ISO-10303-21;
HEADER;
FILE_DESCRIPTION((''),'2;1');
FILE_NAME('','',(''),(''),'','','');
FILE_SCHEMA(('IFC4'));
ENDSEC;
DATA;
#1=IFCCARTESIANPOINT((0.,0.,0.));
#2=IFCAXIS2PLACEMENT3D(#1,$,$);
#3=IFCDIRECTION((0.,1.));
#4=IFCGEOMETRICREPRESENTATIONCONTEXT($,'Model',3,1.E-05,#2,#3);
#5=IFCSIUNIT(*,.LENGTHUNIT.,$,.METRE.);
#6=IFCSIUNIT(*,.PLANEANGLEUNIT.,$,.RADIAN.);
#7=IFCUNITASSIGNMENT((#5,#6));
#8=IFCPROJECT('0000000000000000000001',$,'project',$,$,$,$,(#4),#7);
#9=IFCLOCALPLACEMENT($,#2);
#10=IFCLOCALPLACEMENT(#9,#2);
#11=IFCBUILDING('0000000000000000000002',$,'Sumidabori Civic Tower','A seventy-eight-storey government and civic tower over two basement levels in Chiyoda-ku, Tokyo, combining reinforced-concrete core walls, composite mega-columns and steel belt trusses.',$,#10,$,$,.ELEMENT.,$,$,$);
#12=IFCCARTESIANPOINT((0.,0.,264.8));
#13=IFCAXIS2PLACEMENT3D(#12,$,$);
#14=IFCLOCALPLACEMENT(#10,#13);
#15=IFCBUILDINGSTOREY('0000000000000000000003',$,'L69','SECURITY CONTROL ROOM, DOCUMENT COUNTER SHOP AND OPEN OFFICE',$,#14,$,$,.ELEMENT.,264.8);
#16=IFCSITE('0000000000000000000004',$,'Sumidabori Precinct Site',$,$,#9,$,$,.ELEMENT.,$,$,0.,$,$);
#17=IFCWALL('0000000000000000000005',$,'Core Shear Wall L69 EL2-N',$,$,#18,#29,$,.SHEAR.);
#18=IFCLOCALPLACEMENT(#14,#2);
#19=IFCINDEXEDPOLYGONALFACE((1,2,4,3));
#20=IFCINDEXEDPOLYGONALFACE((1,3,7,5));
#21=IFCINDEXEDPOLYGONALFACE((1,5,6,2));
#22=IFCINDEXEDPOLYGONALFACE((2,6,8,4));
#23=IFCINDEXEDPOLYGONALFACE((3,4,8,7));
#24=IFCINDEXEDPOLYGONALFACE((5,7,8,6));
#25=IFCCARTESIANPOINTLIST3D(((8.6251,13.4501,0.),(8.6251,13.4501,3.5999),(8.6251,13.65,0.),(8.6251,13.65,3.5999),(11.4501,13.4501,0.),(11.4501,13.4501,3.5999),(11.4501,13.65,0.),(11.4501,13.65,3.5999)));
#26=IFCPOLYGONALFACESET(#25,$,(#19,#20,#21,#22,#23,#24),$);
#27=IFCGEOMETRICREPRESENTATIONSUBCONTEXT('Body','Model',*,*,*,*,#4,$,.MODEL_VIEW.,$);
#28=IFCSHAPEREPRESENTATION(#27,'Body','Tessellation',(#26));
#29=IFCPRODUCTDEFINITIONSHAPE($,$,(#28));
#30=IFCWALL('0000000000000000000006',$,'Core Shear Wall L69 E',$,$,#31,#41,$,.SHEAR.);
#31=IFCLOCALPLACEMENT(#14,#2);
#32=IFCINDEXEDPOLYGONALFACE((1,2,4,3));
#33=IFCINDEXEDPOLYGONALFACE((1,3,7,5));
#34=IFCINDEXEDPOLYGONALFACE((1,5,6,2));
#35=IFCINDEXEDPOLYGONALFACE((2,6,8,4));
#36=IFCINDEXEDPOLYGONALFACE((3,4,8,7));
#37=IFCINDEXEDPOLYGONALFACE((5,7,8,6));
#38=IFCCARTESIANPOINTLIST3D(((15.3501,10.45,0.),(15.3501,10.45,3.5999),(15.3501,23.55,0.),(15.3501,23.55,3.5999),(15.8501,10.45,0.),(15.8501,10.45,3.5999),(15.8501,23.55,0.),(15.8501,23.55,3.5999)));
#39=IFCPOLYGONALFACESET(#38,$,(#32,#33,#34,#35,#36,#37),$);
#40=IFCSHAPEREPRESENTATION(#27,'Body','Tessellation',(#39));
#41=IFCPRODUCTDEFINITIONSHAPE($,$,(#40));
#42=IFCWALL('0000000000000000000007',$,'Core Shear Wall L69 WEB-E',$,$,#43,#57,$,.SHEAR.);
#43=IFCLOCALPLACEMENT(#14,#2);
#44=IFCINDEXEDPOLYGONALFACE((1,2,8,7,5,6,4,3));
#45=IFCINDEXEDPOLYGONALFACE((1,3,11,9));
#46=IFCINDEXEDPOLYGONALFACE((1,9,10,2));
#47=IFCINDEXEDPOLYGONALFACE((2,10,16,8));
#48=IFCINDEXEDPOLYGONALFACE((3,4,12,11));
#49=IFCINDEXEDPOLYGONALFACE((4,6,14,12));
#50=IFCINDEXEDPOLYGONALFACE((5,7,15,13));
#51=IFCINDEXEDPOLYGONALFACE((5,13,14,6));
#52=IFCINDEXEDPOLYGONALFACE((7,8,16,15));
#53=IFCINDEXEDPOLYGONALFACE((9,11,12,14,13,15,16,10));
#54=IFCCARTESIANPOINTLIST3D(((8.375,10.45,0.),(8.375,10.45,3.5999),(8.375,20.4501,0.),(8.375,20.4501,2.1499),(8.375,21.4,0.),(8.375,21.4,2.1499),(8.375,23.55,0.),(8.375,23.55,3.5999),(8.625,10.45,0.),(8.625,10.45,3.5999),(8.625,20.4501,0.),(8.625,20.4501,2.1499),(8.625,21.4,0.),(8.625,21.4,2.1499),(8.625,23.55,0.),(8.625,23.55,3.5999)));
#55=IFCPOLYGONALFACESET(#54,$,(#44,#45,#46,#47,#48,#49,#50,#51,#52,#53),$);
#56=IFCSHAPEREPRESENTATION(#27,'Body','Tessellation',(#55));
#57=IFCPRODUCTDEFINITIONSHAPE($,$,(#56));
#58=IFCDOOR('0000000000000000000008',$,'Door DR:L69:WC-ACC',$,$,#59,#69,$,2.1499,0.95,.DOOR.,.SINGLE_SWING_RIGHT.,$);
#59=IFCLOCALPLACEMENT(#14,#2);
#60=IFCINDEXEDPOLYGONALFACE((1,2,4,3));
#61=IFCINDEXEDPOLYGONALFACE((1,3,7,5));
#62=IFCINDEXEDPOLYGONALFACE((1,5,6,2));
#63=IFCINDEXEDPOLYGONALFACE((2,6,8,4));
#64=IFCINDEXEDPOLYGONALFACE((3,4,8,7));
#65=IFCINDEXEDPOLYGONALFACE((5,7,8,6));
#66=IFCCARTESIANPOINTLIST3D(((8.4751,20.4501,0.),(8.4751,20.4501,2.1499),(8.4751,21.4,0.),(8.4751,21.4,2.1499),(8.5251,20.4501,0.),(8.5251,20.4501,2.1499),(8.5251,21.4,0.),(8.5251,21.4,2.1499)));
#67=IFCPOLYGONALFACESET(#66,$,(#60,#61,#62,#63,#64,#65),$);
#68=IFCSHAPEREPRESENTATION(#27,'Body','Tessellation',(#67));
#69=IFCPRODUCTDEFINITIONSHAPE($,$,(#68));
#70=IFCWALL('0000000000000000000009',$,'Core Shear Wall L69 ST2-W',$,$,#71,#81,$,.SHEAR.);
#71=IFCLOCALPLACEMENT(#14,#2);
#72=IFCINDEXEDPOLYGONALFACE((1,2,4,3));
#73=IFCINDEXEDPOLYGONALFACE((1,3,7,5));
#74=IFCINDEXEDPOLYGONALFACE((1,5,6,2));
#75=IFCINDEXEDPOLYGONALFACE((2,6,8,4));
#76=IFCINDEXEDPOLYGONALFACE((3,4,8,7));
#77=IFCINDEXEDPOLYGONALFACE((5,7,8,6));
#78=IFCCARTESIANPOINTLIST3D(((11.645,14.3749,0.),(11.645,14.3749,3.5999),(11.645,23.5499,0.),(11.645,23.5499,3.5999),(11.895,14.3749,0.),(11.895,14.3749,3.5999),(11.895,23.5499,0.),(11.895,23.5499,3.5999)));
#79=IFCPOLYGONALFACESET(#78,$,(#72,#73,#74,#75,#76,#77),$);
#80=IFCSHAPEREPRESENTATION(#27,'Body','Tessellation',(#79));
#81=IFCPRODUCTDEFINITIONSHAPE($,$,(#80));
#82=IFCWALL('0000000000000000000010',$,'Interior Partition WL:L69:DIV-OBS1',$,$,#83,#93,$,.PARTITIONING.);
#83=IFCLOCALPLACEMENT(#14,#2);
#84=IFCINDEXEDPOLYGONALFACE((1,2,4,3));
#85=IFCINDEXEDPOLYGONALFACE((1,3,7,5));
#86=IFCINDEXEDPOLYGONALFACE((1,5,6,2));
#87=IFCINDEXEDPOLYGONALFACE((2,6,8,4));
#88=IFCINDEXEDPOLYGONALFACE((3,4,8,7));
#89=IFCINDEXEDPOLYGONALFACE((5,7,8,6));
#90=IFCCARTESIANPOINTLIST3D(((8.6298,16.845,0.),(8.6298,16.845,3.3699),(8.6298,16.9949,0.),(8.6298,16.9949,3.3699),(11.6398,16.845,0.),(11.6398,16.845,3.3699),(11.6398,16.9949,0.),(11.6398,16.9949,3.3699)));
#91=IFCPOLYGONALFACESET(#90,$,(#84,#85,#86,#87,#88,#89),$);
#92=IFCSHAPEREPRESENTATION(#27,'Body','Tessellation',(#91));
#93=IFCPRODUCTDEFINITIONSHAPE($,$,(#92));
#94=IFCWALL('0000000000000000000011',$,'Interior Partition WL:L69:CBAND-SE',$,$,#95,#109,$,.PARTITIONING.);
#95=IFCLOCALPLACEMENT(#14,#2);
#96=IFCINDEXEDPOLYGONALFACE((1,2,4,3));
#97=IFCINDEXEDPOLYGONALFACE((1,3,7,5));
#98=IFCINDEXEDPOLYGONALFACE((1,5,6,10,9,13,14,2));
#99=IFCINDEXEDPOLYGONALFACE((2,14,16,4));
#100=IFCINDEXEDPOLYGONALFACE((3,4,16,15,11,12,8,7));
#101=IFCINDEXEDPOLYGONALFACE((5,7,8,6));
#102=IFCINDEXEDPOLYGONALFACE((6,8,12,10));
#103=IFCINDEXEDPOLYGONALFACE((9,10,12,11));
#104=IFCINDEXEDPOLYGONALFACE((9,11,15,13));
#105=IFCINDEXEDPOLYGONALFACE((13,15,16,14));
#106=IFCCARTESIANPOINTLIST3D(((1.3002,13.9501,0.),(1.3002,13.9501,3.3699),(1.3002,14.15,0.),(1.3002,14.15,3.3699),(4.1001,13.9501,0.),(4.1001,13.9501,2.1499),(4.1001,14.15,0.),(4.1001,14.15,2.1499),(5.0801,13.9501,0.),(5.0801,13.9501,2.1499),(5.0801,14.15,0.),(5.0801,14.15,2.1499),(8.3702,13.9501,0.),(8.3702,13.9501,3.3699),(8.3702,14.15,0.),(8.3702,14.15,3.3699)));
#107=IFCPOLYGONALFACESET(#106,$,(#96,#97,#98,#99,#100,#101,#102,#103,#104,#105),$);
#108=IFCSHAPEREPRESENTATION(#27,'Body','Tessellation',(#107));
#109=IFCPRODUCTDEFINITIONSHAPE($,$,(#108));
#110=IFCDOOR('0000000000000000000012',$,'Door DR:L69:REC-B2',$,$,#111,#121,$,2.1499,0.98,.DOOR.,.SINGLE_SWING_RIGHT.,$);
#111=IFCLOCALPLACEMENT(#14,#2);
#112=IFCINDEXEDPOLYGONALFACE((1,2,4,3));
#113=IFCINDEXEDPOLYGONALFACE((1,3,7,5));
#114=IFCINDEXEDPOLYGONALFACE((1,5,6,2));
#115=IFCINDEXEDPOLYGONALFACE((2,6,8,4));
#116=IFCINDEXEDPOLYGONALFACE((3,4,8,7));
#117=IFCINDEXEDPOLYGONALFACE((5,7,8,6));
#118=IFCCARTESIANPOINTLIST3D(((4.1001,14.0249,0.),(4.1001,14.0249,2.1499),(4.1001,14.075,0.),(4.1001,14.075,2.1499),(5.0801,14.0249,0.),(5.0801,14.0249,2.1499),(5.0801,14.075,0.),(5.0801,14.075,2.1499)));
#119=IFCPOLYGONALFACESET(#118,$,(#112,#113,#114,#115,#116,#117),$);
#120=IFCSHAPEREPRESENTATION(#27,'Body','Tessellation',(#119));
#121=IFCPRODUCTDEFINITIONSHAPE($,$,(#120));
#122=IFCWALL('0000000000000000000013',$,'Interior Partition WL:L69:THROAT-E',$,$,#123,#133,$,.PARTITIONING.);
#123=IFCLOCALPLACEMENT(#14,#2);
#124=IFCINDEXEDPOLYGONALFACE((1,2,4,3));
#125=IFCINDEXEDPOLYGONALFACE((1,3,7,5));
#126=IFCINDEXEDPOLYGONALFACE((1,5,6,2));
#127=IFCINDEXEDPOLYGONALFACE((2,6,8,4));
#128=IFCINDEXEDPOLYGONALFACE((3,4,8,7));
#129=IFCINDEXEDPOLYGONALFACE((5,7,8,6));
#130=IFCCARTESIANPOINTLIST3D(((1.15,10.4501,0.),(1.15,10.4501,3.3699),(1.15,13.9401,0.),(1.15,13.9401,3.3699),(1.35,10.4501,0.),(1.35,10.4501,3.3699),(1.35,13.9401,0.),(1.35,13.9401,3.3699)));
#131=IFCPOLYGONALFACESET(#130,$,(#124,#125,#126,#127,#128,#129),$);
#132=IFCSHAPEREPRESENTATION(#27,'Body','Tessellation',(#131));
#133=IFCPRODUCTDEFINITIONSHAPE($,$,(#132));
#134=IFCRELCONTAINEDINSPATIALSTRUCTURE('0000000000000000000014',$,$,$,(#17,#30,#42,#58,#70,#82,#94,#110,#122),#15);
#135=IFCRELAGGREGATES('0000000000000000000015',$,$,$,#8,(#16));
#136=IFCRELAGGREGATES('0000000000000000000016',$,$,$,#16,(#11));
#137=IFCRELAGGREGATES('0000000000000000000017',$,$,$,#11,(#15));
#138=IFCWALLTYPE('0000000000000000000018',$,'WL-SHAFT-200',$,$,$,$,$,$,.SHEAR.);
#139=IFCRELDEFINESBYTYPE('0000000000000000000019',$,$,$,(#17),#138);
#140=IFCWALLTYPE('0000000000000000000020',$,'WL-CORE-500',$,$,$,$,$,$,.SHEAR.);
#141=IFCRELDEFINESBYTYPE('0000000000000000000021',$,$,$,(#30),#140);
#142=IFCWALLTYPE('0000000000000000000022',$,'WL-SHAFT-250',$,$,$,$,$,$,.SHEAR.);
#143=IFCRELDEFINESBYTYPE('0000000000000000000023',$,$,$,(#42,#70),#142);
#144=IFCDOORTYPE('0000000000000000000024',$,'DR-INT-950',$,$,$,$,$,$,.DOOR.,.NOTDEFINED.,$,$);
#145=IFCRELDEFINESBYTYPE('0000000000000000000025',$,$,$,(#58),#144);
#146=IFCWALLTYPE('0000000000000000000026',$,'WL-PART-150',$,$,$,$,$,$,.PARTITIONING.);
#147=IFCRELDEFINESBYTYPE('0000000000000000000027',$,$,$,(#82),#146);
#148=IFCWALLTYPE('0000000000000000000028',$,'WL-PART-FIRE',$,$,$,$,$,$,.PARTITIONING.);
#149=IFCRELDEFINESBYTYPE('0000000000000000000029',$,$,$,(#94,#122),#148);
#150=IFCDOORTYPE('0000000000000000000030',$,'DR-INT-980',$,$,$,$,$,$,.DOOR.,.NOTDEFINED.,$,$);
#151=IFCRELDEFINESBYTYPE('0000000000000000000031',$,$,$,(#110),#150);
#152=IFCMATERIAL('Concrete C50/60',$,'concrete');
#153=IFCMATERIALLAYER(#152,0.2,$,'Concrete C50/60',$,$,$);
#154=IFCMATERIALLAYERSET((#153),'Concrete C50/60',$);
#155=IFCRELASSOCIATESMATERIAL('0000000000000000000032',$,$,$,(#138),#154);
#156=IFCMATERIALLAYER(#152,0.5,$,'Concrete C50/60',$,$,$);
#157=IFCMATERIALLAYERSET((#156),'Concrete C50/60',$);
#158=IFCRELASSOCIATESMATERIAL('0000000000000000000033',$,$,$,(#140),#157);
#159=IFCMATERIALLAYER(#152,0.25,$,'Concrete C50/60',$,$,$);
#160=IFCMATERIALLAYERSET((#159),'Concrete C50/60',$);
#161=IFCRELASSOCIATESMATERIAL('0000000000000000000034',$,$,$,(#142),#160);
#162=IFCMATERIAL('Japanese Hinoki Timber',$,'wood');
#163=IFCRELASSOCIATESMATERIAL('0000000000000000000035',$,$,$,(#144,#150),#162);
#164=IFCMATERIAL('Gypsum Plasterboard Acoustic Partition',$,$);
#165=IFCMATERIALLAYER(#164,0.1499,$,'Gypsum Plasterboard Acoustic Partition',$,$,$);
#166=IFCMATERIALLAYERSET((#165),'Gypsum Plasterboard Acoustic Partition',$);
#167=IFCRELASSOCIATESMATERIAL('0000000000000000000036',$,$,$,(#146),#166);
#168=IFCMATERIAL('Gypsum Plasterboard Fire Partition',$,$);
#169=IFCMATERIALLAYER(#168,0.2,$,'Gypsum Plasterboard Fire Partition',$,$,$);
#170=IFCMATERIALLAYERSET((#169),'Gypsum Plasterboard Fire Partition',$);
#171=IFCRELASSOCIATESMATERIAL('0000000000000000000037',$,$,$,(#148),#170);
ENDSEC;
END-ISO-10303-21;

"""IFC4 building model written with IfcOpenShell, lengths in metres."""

from ifc_helpers import new_model, si_unit, direction, frame, frame_2d, origin, place, context, subcontext, project, spatial, rectangle, extrude, source, transform, mapped, material, layer, layer_set, type_object, element, fill, save


model = new_model("IFC4")

# Units and contexts
model_context = context("Model", 3, precision=1e-05, world=origin(), true_north=direction((0.0, 1.0)))
body_context = subcontext(model_context, "Body", "Model", "MODEL_VIEW")
ifc_project = project(units=[si_unit("LENGTHUNIT", "METRE"), si_unit("PLANEANGLEUNIT", "RADIAN")], contexts=[model_context])

# Site, building, storey
site_placement = place(None, origin())
site = spatial("IfcSite", under=ifc_project, at=site_placement, Name="Sumidabori Precinct Site", CompositionType="ELEMENT", RefElevation=0.0)
building_placement = place(site_placement, origin())
building = spatial("IfcBuilding", under=site, at=building_placement, Name="Sumidabori Civic Tower", Description="A seventy-eight-storey government and civic tower over two basement levels in Chiyoda-ku, Tokyo, combining reinforced-concrete core walls, composite mega-columns and steel belt trusses.", CompositionType="ELEMENT")
storey_placement = place(building_placement, frame((0.0, 0.0, 264.8)))
storey = spatial("IfcBuildingStorey", under=building, at=storey_placement, Name="L69", Description="SECURITY CONTROL ROOM, DOCUMENT COUNTER SHOP AND OPEN OFFICE", CompositionType="ELEMENT", Elevation=264.8)

# Walls
ifc_material_1 = material(Name="Concrete C50/60", Category="concrete")
ifc_layer_1 = layer(ifc_material_1, 0.2, Name="Concrete C50/60")
ifc_layer_set_1 = layer_set([ifc_layer_1], Name="Concrete C50/60")
wall_type_1 = type_object("IfcWallType", Name="WL-SHAFT-200", PredefinedType="SHEAR", material=ifc_layer_set_1)
shared_shape_1 = source(origin(), body_context, "Body", "SweptSolid", [
    extrude(rectangle(XDim=2.825, YDim=0.2, at=frame_2d((1.4126, 0.0))), origin(), (0.0, 0.0, 1.0), 3.5999),
])
wall_1_placement = place(storey_placement, frame((8.625, 13.55, 0.0), z_axis=(0.0, 0.0, 1.0), x_axis=(1.0, 0.0, 0.0)))
element("IfcWall", 1, at=wall_1_placement, inside=storey, type_object=wall_type_1, Name="Core Shear Wall L69 EL2-N", PredefinedType="SHEAR", context=body_context, shape_type="MappedRepresentation", body=[
    mapped(shared_shape_1, transform((0.0, 0.0, 0.0), x_axis=(1.0, 0.0, 0.0), y_axis=(0.0, 1.0, 0.0), z_axis=(0.0, 0.0, 1.0), scale=1.0)),
])
ifc_layer_2 = layer(ifc_material_1, 0.5, Name="Concrete C50/60")
ifc_layer_set_2 = layer_set([ifc_layer_2], Name="Concrete C50/60")
wall_type_2 = type_object("IfcWallType", Name="WL-CORE-500", PredefinedType="SHEAR", material=ifc_layer_set_2)
shared_shape_2 = source(origin(), body_context, "Body", "SweptSolid", [
    extrude(rectangle(XDim=13.1001, YDim=0.5, at=frame_2d((6.55, 0.0))), origin(), (0.0, 0.0, 1.0), 3.5999),
])
wall_2_placement = place(storey_placement, frame((15.6001, 10.45, 0.0), z_axis=(0.0, 0.0, 1.0), x_axis=(0.0, 1.0, 0.0)))
element("IfcWall", 2, at=wall_2_placement, inside=storey, type_object=wall_type_2, Name="Core Shear Wall L69 E", PredefinedType="SHEAR", context=body_context, shape_type="MappedRepresentation", body=[
    mapped(shared_shape_2, transform((0.0, 0.0, 0.0), x_axis=(1.0, 0.0, 0.0), y_axis=(0.0, 1.0, 0.0), z_axis=(0.0, 0.0, 1.0), scale=1.0)),
])

# Wall, opening, door
ifc_layer_3 = layer(ifc_material_1, 0.25, Name="Concrete C50/60")
ifc_layer_set_3 = layer_set([ifc_layer_3], Name="Concrete C50/60")
wall_type_3 = type_object("IfcWallType", Name="WL-SHAFT-250", PredefinedType="SHEAR", material=ifc_layer_set_3)
shared_shape_3 = source(origin(), body_context, "Body", "SweptSolid", [
    extrude(rectangle(XDim=13.1001, YDim=0.25, at=frame_2d((6.55, 0.0))), origin(), (0.0, 0.0, 1.0), 3.5999),
])
wall_3_placement = place(storey_placement, frame((8.5, 10.45, 0.0), z_axis=(0.0, 0.0, 1.0), x_axis=(0.0, 1.0, 0.0)))
wall_3 = element("IfcWall", 3, at=wall_3_placement, inside=storey, type_object=wall_type_3, Name="Core Shear Wall L69 WEB-E", PredefinedType="SHEAR", context=body_context, shape_type="MappedRepresentation", body=[
    mapped(shared_shape_3, transform((0.0, 0.0, 0.0), x_axis=(1.0, 0.0, 0.0), y_axis=(0.0, 1.0, 0.0), z_axis=(0.0, 0.0, 1.0), scale=1.0)),
])
opening_1_placement = place(wall_3_placement, frame((10.0, 0.0, 0.0)))
opening_1 = element("IfcOpeningElement", 4, at=opening_1_placement, cuts=wall_3, PredefinedType="OPENING", context=body_context, shape_type="SweptSolid", body=[
    extrude(rectangle(XDim=0.95, YDim=2.1499, at=frame_2d((0.4751, 1.075))), frame((0.0, 0.137, 0.0), z_axis=(0.0, -1.0, 0.0), x_axis=(1.0, 0.0, 0.0)), (0.0, 0.0, 1.0), 0.2739),
])
ifc_material_2 = material(Name="Japanese Hinoki Timber", Category="wood")
door_type_1 = type_object("IfcDoorType", Name="DR-INT-950", OperationType="NOTDEFINED", PredefinedType="DOOR", material=ifc_material_2)
shared_shape_4 = source(origin(), body_context, "Body", "SweptSolid", [
    extrude(rectangle(XDim=0.95, YDim=2.1499, at=frame_2d((0.4751, 1.075))), frame((0.0, 0.0249, 0.0), z_axis=(0.0, -1.0, 0.0), x_axis=(1.0, 0.0, 0.0)), (0.0, 0.0, 1.0), 0.05),
])
door_1_placement = place(opening_1_placement, origin())
door_1 = element("IfcDoor", 5, at=door_1_placement, inside=storey, type_object=door_type_1, Name="Door DR:L69:WC-ACC", OperationType="SINGLE_SWING_RIGHT", OverallHeight=2.1499, OverallWidth=0.95, PredefinedType="DOOR", context=body_context, shape_type="MappedRepresentation", body=[
    mapped(shared_shape_4, transform((0.0, 0.0, 0.0), x_axis=(1.0, 0.0, 0.0), y_axis=(0.0, 1.0, 0.0), z_axis=(0.0, 0.0, 1.0), scale=1.0)),
])
fill(opening_1, door_1)

# Wall
shared_shape_5 = source(origin(), body_context, "Body", "SweptSolid", [
    extrude(rectangle(XDim=9.175, YDim=0.25, at=frame_2d((4.5874, 0.0))), origin(), (0.0, 0.0, 1.0), 3.5999),
])
wall_4_placement = place(storey_placement, frame((11.77, 14.375, 0.0), z_axis=(0.0, 0.0, 1.0), x_axis=(0.0, 1.0, 0.0)))
element("IfcWall", 6, at=wall_4_placement, inside=storey, type_object=wall_type_3, Name="Core Shear Wall L69 ST2-W", PredefinedType="SHEAR", context=body_context, shape_type="MappedRepresentation", body=[
    mapped(shared_shape_5, transform((0.0, 0.0, 0.0), x_axis=(1.0, 0.0, 0.0), y_axis=(0.0, 1.0, 0.0), z_axis=(0.0, 0.0, 1.0), scale=1.0)),
])

# Wall
ifc_material_3 = material(Name="Gypsum Plasterboard Acoustic Partition")
ifc_layer_4 = layer(ifc_material_3, 0.1499, Name="Gypsum Plasterboard Acoustic Partition")
ifc_layer_set_4 = layer_set([ifc_layer_4], Name="Gypsum Plasterboard Acoustic Partition")
wall_type_4 = type_object("IfcWallType", Name="WL-PART-150", PredefinedType="PARTITIONING", material=ifc_layer_set_4)
shared_shape_6 = source(origin(), body_context, "Body", "SweptSolid", [
    extrude(rectangle(XDim=3.01, YDim=0.1499, at=frame_2d((1.5049, 0.0))), origin(), (0.0, 0.0, 1.0), 3.3699),
])
wall_5_placement = place(storey_placement, frame((8.6299, 16.9199, 0.0), z_axis=(0.0, 0.0, 1.0), x_axis=(1.0, 0.0, 0.0)))
element("IfcWall", 7, at=wall_5_placement, inside=storey, type_object=wall_type_4, Name="Interior Partition WL:L69:DIV-OBS1", PredefinedType="PARTITIONING", context=body_context, shape_type="MappedRepresentation", body=[
    mapped(shared_shape_6, transform((0.0, 0.0, 0.0), x_axis=(1.0, 0.0, 0.0), y_axis=(0.0, 1.0, 0.0), z_axis=(0.0, 0.0, 1.0), scale=1.0)),
])

# Wall, opening, door
ifc_material_4 = material(Name="Gypsum Plasterboard Fire Partition")
ifc_layer_5 = layer(ifc_material_4, 0.2, Name="Gypsum Plasterboard Fire Partition")
ifc_layer_set_5 = layer_set([ifc_layer_5], Name="Gypsum Plasterboard Fire Partition")
wall_type_5 = type_object("IfcWallType", Name="WL-PART-FIRE", PredefinedType="PARTITIONING", material=ifc_layer_set_5)
shared_shape_7 = source(origin(), body_context, "Body", "SweptSolid", [
    extrude(rectangle(XDim=7.0701, YDim=0.2, at=frame_2d((3.5352, 0.0))), origin(), (0.0, 0.0, 1.0), 3.3699),
])
wall_6_placement = place(storey_placement, frame((1.3, 14.05, 0.0), z_axis=(0.0, 0.0, 1.0), x_axis=(1.0, 0.0, 0.0)))
wall_6 = element("IfcWall", 8, at=wall_6_placement, inside=storey, type_object=wall_type_5, Name="Interior Partition WL:L69:CBAND-SE", PredefinedType="PARTITIONING", context=body_context, shape_type="MappedRepresentation", body=[
    mapped(shared_shape_7, transform((0.0, 0.0, 0.0), x_axis=(1.0, 0.0, 0.0), y_axis=(0.0, 1.0, 0.0), z_axis=(0.0, 0.0, 1.0), scale=1.0)),
])
opening_2_placement = place(wall_6_placement, frame((2.8, 0.0, 0.0)))
opening_2 = element("IfcOpeningElement", 9, at=opening_2_placement, cuts=wall_6, PredefinedType="OPENING", context=body_context, shape_type="SweptSolid", body=[
    extrude(rectangle(XDim=0.98, YDim=2.1499, at=frame_2d((0.49, 1.075))), frame((0.0, 0.1118, 0.0), z_axis=(0.0, -1.0, 0.0), x_axis=(1.0, 0.0, 0.0)), (0.0, 0.0, 1.0), 0.2239),
])
door_type_2 = type_object("IfcDoorType", Name="DR-INT-980", OperationType="NOTDEFINED", PredefinedType="DOOR", material=ifc_material_2)
shared_shape_8 = source(origin(), body_context, "Body", "SweptSolid", [
    extrude(rectangle(XDim=0.98, YDim=2.1499, at=frame_2d((0.49, 1.075))), frame((0.0, 0.0249, 0.0), z_axis=(0.0, -1.0, 0.0), x_axis=(1.0, 0.0, 0.0)), (0.0, 0.0, 1.0), 0.05),
])
door_2_placement = place(opening_2_placement, origin())
door_2 = element("IfcDoor", 10, at=door_2_placement, inside=storey, type_object=door_type_2, Name="Door DR:L69:REC-B2", OperationType="SINGLE_SWING_RIGHT", OverallHeight=2.1499, OverallWidth=0.98, PredefinedType="DOOR", context=body_context, shape_type="MappedRepresentation", body=[
    mapped(shared_shape_8, transform((0.0, 0.0, 0.0), x_axis=(1.0, 0.0, 0.0), y_axis=(0.0, 1.0, 0.0), z_axis=(0.0, 0.0, 1.0), scale=1.0)),
])
fill(opening_2, door_2)

# Wall
shared_shape_9 = source(origin(), body_context, "Body", "SweptSolid", [
    extrude(rectangle(XDim=3.49, YDim=0.2, at=frame_2d((1.7451, 0.0))), origin(), (0.0, 0.0, 1.0), 3.3699),
])
wall_7_placement = place(storey_placement, frame((1.25, 10.45, 0.0), z_axis=(0.0, 0.0, 1.0), x_axis=(0.0, 1.0, 0.0)))
element("IfcWall", 11, at=wall_7_placement, inside=storey, type_object=wall_type_5, Name="Interior Partition WL:L69:THROAT-E", PredefinedType="PARTITIONING", context=body_context, shape_type="MappedRepresentation", body=[
    mapped(shared_shape_9, transform((0.0, 0.0, 0.0), x_axis=(1.0, 0.0, 0.0), y_axis=(0.0, 1.0, 0.0), z_axis=(0.0, 0.0, 1.0), scale=1.0)),
])

save(model, "model.ifc")
